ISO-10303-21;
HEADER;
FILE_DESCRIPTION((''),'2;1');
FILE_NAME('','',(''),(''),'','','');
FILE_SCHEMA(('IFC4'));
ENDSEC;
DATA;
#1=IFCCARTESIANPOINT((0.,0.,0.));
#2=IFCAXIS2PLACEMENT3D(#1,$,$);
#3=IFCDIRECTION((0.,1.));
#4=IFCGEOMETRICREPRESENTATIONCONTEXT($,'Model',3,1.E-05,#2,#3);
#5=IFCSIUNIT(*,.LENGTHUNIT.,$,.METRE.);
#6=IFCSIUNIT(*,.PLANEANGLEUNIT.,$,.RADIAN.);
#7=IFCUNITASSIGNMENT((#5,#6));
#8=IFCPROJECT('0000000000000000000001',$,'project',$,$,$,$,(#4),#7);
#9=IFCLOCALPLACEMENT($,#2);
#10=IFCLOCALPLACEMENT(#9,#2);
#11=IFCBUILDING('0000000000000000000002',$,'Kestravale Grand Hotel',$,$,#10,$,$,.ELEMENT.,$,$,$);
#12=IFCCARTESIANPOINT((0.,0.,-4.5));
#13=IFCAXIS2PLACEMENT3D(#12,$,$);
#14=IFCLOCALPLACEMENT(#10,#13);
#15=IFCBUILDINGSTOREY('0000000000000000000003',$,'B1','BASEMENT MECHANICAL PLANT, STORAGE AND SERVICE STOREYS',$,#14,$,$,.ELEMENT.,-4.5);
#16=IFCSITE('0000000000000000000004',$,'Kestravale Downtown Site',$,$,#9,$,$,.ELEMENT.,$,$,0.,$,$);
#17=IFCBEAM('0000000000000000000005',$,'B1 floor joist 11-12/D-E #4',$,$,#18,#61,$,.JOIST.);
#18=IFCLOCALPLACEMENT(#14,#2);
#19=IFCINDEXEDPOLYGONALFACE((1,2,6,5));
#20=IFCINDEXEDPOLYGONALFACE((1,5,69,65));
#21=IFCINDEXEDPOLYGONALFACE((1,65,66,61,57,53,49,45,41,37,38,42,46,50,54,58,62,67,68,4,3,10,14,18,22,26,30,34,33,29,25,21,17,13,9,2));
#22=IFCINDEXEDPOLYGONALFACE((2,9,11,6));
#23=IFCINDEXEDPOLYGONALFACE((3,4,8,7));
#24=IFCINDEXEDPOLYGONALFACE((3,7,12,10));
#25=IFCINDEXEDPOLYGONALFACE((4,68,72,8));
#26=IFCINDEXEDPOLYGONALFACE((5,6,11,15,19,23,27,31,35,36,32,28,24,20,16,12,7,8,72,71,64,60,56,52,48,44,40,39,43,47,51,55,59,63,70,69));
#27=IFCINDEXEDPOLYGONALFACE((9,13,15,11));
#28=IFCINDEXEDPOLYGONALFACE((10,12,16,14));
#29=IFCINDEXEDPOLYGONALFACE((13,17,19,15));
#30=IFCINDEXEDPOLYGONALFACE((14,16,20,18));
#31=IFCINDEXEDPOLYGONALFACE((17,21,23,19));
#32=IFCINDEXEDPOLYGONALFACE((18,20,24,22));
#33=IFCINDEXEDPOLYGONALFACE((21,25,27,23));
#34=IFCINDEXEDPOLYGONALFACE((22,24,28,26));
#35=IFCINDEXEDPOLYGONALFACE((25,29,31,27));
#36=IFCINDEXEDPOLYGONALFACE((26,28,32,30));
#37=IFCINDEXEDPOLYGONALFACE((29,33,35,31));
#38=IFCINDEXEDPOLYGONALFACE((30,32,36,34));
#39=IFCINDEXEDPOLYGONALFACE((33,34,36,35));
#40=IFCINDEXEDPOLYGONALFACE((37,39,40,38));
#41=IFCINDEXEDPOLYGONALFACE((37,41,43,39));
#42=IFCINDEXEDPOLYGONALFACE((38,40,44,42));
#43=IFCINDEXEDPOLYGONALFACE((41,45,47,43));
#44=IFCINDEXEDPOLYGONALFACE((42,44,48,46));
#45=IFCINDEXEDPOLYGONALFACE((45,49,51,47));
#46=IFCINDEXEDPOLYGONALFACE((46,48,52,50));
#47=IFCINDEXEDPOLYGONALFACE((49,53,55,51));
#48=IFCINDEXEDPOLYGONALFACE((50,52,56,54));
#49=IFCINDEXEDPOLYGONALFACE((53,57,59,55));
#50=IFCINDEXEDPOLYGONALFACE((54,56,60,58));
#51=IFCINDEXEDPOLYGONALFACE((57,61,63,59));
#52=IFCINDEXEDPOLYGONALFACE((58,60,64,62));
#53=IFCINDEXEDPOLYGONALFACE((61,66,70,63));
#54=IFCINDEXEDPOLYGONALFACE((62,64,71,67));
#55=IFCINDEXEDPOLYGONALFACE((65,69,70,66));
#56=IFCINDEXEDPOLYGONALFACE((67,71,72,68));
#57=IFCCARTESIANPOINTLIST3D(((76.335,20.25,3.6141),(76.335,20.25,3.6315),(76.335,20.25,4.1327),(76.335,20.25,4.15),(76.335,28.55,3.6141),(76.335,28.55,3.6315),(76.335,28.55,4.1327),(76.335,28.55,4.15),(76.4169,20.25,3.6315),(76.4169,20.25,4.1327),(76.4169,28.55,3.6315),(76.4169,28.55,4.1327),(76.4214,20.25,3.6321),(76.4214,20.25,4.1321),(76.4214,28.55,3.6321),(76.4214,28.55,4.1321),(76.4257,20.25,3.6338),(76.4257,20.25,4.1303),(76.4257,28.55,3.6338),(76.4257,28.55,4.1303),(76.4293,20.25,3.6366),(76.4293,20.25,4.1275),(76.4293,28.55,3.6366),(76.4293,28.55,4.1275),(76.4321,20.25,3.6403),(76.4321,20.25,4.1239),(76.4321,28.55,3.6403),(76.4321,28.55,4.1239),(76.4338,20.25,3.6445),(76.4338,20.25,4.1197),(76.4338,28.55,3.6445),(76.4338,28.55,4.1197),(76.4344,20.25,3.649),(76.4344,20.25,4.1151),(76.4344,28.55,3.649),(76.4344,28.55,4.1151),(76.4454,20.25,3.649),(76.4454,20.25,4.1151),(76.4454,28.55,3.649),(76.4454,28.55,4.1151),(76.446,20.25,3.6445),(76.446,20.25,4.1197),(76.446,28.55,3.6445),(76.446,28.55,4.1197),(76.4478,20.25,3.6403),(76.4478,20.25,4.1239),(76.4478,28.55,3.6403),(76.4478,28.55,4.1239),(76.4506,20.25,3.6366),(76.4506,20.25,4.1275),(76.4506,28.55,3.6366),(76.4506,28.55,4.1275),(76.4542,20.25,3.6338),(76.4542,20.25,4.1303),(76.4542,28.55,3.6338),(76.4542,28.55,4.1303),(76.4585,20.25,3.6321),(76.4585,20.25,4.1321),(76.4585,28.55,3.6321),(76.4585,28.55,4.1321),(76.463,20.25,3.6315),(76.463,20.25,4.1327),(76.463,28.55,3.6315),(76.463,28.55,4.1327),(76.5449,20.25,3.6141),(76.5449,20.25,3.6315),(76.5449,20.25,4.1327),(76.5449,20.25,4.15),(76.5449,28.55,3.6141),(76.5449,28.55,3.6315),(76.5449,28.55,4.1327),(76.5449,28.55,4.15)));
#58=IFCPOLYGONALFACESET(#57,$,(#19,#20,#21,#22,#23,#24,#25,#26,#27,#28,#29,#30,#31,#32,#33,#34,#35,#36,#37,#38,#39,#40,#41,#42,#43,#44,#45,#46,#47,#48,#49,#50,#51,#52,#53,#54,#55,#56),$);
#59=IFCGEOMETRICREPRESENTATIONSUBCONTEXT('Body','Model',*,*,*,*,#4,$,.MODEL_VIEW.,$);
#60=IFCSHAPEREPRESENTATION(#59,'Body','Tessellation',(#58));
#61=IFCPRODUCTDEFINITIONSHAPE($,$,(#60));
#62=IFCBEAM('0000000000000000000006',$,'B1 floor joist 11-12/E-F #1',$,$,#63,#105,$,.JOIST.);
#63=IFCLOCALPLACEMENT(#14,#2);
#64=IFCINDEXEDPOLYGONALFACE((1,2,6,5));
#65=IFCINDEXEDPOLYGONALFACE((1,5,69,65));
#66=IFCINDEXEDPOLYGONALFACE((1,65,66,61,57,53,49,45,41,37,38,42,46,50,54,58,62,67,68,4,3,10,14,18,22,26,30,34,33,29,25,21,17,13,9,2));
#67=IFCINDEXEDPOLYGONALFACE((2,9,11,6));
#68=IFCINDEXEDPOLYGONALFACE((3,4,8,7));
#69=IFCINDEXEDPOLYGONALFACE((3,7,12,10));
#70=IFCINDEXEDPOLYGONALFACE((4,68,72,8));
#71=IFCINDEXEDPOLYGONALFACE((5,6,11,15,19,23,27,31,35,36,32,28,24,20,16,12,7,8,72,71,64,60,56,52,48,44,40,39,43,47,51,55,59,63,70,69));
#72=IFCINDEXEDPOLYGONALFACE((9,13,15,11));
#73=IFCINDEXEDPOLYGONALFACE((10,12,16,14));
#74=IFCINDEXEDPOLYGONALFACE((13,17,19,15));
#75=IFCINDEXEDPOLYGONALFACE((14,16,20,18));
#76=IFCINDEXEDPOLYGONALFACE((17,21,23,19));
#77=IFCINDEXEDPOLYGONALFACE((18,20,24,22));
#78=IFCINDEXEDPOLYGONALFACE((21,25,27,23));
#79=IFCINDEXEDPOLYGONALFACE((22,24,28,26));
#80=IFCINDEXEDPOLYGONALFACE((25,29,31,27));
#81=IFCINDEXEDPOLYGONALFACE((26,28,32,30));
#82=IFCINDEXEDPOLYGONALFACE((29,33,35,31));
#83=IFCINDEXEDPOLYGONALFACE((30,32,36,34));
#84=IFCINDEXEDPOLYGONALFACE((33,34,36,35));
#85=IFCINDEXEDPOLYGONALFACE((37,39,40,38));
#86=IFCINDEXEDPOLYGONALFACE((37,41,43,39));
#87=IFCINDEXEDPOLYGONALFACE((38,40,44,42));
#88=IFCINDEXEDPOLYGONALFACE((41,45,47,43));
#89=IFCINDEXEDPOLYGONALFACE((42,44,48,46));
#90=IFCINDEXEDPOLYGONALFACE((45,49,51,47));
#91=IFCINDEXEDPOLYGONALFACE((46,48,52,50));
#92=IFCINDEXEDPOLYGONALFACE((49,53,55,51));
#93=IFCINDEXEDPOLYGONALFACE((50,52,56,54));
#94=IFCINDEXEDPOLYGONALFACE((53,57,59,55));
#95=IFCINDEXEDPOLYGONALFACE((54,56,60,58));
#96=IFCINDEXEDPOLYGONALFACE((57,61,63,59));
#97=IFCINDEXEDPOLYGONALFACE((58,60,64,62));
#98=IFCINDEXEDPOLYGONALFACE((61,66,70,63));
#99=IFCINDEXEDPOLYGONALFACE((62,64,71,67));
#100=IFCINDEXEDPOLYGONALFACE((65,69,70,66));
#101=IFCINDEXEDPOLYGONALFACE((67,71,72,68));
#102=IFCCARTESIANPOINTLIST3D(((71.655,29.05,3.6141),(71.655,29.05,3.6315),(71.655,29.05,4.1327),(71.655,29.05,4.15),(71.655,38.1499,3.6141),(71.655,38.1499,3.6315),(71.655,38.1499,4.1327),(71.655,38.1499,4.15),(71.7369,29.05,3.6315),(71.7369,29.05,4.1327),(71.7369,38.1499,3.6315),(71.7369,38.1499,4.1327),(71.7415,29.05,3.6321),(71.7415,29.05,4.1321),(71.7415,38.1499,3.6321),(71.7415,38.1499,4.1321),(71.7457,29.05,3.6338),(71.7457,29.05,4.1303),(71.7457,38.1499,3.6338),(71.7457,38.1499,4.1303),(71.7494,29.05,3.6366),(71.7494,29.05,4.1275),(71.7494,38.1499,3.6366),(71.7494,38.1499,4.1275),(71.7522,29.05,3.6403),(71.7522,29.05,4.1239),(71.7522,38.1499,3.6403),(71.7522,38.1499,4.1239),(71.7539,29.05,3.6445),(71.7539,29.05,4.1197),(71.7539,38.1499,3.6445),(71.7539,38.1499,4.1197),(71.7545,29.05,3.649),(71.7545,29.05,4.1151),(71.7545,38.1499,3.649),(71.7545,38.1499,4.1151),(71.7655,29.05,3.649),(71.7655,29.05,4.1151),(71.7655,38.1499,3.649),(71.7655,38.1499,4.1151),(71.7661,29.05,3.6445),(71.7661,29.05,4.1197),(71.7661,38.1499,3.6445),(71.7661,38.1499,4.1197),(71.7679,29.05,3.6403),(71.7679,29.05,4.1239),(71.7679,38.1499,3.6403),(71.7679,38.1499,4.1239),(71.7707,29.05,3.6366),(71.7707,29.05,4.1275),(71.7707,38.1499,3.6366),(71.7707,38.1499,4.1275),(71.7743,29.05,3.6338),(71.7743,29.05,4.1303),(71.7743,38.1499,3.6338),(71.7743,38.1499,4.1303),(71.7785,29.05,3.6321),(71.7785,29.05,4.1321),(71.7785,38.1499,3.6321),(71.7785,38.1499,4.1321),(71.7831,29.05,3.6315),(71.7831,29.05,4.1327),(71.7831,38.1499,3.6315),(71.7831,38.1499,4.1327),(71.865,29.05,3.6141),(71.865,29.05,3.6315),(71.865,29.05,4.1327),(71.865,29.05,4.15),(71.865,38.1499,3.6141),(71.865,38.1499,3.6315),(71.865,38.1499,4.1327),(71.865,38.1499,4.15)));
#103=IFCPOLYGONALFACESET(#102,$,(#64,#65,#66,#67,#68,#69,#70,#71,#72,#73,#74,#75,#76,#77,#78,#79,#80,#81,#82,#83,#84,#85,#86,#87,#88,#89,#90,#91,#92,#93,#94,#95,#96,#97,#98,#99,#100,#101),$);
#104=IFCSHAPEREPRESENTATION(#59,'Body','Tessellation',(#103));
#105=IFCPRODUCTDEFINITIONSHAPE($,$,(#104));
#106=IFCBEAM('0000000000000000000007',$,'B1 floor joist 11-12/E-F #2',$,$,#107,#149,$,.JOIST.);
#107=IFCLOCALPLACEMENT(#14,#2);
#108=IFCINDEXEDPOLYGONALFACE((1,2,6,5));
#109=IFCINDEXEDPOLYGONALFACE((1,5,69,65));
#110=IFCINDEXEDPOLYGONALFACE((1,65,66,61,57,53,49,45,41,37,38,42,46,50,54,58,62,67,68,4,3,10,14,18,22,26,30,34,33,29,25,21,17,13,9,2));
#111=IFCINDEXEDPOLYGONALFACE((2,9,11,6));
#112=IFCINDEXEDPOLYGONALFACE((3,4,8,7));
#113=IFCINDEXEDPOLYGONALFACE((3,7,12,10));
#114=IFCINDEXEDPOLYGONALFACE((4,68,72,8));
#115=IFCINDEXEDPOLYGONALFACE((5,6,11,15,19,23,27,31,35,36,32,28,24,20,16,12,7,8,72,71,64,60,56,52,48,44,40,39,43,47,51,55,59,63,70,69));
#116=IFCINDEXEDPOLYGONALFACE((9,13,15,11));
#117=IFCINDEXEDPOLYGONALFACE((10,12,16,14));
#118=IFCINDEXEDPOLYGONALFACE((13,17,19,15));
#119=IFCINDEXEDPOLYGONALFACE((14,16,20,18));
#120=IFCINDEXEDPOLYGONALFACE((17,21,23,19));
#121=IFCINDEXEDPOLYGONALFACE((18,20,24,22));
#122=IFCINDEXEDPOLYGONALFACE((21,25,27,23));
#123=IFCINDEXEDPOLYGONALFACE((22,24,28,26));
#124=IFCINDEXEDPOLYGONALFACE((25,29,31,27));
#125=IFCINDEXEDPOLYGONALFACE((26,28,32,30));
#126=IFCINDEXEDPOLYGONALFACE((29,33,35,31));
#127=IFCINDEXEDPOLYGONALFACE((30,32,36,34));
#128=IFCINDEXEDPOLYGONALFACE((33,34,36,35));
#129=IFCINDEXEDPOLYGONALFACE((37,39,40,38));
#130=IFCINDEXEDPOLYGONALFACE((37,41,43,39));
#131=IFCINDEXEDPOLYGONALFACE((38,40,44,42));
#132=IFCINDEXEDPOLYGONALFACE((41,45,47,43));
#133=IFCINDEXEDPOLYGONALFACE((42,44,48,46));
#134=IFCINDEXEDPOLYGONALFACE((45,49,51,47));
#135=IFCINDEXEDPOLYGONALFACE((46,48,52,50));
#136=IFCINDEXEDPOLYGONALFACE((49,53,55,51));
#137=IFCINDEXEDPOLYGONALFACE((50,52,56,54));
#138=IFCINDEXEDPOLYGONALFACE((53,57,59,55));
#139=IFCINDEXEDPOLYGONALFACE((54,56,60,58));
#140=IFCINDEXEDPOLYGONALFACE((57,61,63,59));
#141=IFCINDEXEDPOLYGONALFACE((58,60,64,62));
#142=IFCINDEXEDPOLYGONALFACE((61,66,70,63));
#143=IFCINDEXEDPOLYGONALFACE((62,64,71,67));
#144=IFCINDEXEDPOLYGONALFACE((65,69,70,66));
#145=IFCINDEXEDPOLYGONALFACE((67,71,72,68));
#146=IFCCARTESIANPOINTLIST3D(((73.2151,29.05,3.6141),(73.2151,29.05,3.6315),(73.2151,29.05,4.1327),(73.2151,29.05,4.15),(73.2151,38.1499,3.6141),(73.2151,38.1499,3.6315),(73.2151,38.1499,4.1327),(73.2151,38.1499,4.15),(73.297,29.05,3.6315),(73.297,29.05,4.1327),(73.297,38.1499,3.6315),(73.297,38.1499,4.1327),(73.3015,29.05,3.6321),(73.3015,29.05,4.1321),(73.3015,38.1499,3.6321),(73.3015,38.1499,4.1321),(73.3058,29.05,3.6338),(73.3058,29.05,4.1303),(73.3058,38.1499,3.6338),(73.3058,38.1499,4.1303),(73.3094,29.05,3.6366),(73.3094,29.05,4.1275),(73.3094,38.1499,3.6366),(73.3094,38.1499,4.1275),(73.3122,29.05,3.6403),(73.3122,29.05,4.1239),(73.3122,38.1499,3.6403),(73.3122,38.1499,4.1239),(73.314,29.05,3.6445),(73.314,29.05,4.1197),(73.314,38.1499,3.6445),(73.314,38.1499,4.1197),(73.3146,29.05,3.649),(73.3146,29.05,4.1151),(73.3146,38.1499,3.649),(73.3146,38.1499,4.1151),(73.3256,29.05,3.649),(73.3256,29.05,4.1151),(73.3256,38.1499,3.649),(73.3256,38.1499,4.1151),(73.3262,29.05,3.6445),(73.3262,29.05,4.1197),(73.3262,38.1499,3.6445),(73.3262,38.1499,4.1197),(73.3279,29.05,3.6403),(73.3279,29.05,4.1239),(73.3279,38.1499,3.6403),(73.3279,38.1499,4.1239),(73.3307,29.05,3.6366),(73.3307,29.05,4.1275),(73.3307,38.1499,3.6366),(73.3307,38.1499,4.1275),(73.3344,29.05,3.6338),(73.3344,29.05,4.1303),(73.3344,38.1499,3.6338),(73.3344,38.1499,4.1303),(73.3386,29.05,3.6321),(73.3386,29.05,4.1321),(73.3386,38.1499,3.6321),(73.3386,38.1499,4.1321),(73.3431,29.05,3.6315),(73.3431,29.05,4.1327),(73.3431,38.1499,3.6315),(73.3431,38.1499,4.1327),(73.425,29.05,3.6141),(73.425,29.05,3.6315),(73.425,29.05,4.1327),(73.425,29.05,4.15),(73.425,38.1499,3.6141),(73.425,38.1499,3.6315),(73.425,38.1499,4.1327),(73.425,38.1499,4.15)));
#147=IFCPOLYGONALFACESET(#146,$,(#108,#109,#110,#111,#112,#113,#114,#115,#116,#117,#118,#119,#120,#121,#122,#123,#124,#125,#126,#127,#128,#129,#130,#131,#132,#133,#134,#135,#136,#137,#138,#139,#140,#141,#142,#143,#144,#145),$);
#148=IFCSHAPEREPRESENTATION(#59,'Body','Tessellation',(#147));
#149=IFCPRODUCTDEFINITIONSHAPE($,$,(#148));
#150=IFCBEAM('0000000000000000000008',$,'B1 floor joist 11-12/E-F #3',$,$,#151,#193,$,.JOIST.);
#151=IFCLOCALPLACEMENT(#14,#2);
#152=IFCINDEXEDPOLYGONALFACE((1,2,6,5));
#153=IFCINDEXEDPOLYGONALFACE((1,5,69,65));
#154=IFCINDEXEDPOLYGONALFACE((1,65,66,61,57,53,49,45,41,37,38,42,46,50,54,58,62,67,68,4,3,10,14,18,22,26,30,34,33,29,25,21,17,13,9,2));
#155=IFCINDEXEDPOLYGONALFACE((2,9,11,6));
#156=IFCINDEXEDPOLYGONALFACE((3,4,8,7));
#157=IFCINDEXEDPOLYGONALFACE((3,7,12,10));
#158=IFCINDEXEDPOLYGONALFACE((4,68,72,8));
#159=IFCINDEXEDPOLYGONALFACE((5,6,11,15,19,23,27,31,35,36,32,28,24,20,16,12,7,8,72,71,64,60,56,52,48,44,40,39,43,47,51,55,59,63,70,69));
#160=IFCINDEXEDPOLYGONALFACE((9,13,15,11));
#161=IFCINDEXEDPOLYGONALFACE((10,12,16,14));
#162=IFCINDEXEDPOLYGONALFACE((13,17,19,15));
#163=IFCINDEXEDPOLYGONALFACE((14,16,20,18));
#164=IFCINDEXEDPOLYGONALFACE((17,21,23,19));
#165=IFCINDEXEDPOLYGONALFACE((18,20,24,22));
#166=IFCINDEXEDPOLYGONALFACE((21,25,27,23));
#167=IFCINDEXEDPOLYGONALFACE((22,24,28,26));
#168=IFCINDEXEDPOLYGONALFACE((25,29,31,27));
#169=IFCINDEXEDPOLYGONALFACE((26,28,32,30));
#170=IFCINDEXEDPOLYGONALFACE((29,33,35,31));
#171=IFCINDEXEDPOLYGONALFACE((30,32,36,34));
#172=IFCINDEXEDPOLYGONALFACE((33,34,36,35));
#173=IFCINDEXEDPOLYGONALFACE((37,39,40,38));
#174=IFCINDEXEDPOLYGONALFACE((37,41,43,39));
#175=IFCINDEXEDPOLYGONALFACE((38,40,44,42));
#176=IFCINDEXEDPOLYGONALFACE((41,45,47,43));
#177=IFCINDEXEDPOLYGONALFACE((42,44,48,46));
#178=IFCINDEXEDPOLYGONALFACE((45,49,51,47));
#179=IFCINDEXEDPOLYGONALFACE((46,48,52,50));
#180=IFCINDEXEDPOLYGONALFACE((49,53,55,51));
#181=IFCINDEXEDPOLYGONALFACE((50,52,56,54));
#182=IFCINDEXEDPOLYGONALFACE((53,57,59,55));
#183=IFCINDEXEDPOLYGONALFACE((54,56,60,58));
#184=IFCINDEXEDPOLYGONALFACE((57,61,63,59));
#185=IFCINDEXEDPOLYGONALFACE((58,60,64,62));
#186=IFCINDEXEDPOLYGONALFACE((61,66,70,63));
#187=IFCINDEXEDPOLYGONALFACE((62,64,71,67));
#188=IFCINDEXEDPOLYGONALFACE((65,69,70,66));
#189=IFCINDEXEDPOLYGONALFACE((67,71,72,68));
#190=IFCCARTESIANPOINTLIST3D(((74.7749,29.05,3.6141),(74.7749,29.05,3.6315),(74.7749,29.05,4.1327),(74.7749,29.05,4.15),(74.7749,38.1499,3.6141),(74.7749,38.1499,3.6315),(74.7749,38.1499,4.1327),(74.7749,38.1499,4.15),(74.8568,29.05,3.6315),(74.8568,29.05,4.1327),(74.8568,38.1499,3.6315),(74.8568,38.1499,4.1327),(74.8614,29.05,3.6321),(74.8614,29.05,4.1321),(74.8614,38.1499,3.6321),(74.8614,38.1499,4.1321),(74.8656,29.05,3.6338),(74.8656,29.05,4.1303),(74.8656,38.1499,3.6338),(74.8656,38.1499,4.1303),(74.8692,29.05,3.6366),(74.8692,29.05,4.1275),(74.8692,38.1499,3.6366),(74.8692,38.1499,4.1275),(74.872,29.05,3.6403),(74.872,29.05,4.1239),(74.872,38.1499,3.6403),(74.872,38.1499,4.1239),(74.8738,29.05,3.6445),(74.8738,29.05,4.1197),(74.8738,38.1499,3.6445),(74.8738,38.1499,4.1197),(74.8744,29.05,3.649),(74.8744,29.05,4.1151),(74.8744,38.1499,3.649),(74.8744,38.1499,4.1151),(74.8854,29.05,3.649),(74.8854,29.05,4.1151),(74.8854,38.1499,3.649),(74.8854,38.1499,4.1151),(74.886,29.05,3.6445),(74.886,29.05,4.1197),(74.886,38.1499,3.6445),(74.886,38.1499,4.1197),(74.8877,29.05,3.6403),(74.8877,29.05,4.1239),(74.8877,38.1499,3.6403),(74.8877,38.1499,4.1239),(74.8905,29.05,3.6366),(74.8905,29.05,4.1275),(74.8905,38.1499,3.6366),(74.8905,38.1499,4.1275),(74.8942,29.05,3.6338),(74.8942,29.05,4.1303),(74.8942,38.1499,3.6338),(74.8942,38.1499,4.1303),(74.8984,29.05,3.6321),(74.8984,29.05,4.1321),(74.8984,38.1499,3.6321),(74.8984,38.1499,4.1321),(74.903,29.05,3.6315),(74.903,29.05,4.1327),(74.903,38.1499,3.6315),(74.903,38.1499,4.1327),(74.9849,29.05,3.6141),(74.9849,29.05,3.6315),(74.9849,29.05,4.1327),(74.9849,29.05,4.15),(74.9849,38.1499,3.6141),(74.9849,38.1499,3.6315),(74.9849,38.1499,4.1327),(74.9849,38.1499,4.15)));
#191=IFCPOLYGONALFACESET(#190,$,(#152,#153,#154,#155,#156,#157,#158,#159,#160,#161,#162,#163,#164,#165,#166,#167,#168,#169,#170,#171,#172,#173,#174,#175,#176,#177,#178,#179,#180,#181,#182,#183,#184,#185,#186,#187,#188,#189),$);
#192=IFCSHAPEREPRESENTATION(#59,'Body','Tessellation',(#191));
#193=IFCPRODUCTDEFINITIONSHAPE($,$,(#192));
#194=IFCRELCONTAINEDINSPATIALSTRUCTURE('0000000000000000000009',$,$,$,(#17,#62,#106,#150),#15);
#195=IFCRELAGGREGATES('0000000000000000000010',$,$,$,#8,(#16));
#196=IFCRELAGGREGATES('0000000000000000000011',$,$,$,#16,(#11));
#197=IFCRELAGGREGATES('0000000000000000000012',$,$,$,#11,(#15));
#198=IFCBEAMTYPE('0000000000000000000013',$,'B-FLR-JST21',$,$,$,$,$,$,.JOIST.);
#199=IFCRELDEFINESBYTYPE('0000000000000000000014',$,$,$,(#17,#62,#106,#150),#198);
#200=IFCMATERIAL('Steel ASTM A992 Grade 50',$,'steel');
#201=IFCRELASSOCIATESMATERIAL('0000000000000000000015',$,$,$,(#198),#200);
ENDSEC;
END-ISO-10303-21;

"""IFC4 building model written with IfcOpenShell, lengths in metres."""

from ifc_helpers import new_model, si_unit, direction, frame, origin, origin_2d, place, context, subcontext, project, spatial, i_section, extrude, material, material_profile, profile_set, type_object, element, save


model = new_model("IFC4")

# Units and contexts
model_context = context("Model", 3, precision=1e-05, world=origin(), true_north=direction((0.0, 1.0)))
body_context = subcontext(model_context, "Body", "Model", "MODEL_VIEW")
ifc_project = project(units=[si_unit("LENGTHUNIT", "METRE"), si_unit("PLANEANGLEUNIT", "RADIAN")], contexts=[model_context])

# Site, building, storey
site_placement = place(None, origin())
site = spatial("IfcSite", under=ifc_project, at=site_placement, Name="Kestravale Downtown Site", CompositionType="ELEMENT", RefElevation=0.0)
building_placement = place(site_placement, origin())
building = spatial("IfcBuilding", under=site, at=building_placement, Name="Kestravale Grand Hotel", CompositionType="ELEMENT")
storey_placement = place(building_placement, frame((0.0, 0.0, -4.5)))
storey = spatial("IfcBuildingStorey", under=building, at=storey_placement, Name="B1", Description="BASEMENT MECHANICAL PLANT, STORAGE AND SERVICE STOREYS", CompositionType="ELEMENT", Elevation=-4.5)

# Beams
ifc_material_1 = material(Name="Steel ASTM A992 Grade 50", Category="steel")
ifc_material_profile_1 = material_profile(ifc_material_1, i_section(OverallWidth=0.21, OverallDepth=0.5359, WebThickness=0.011, FlangeThickness=0.0173, FilletRadius=0.0176, at=origin_2d()))
ifc_profile_set_1 = profile_set([ifc_material_profile_1], Name="Steel ASTM A992 Grade 50")
beam_type_1 = type_object("IfcBeamType", Name="B-FLR-JST21", PredefinedType="JOIST", material=ifc_profile_set_1)
for number, where, z_axis, x_axis, name in (
    (1, (76.4399, 20.25, 3.8821), (0.0, 1.0, 0.0), (-1.0, 0.0, 0.0), "B1 floor joist 11-12/D-E #4"),
):
    element("IfcBeam", number, at=place(storey_placement, frame(where, z_axis=z_axis, x_axis=x_axis)), inside=storey, type_object=beam_type_1, Name=name, PredefinedType="JOIST", context=body_context, shape_type="SweptSolid", body=[
        extrude(i_section(OverallWidth=0.21, OverallDepth=0.5359, WebThickness=0.011, FlangeThickness=0.0173, FilletRadius=0.0176, at=origin_2d()), origin(), (0.0, 0.0, 1.0), 8.3),
    ])
for number, where, z_axis, x_axis, name in (
    (2, (71.76, 29.05, 3.8821), (0.0, 1.0, 0.0), (-1.0, 0.0, 0.0), "B1 floor joist 11-12/E-F #1"),
    (3, (73.3201, 29.05, 3.8821), (0.0, 1.0, 0.0), (-1.0, 0.0, 0.0), "B1 floor joist 11-12/E-F #2"),
    (4, (74.8799, 29.05, 3.8821), (0.0, 1.0, 0.0), (-1.0, 0.0, 0.0), "B1 floor joist 11-12/E-F #3"),
):
    element("IfcBeam", number, at=place(storey_placement, frame(where, z_axis=z_axis, x_axis=x_axis)), inside=storey, type_object=beam_type_1, Name=name, PredefinedType="JOIST", context=body_context, shape_type="SweptSolid", body=[
        extrude(i_section(OverallWidth=0.21, OverallDepth=0.5359, WebThickness=0.011, FlangeThickness=0.0173, FilletRadius=0.0176, at=origin_2d()), origin(), (0.0, 0.0, 1.0), 9.0999),
    ])

save(model, "model.ifc")
